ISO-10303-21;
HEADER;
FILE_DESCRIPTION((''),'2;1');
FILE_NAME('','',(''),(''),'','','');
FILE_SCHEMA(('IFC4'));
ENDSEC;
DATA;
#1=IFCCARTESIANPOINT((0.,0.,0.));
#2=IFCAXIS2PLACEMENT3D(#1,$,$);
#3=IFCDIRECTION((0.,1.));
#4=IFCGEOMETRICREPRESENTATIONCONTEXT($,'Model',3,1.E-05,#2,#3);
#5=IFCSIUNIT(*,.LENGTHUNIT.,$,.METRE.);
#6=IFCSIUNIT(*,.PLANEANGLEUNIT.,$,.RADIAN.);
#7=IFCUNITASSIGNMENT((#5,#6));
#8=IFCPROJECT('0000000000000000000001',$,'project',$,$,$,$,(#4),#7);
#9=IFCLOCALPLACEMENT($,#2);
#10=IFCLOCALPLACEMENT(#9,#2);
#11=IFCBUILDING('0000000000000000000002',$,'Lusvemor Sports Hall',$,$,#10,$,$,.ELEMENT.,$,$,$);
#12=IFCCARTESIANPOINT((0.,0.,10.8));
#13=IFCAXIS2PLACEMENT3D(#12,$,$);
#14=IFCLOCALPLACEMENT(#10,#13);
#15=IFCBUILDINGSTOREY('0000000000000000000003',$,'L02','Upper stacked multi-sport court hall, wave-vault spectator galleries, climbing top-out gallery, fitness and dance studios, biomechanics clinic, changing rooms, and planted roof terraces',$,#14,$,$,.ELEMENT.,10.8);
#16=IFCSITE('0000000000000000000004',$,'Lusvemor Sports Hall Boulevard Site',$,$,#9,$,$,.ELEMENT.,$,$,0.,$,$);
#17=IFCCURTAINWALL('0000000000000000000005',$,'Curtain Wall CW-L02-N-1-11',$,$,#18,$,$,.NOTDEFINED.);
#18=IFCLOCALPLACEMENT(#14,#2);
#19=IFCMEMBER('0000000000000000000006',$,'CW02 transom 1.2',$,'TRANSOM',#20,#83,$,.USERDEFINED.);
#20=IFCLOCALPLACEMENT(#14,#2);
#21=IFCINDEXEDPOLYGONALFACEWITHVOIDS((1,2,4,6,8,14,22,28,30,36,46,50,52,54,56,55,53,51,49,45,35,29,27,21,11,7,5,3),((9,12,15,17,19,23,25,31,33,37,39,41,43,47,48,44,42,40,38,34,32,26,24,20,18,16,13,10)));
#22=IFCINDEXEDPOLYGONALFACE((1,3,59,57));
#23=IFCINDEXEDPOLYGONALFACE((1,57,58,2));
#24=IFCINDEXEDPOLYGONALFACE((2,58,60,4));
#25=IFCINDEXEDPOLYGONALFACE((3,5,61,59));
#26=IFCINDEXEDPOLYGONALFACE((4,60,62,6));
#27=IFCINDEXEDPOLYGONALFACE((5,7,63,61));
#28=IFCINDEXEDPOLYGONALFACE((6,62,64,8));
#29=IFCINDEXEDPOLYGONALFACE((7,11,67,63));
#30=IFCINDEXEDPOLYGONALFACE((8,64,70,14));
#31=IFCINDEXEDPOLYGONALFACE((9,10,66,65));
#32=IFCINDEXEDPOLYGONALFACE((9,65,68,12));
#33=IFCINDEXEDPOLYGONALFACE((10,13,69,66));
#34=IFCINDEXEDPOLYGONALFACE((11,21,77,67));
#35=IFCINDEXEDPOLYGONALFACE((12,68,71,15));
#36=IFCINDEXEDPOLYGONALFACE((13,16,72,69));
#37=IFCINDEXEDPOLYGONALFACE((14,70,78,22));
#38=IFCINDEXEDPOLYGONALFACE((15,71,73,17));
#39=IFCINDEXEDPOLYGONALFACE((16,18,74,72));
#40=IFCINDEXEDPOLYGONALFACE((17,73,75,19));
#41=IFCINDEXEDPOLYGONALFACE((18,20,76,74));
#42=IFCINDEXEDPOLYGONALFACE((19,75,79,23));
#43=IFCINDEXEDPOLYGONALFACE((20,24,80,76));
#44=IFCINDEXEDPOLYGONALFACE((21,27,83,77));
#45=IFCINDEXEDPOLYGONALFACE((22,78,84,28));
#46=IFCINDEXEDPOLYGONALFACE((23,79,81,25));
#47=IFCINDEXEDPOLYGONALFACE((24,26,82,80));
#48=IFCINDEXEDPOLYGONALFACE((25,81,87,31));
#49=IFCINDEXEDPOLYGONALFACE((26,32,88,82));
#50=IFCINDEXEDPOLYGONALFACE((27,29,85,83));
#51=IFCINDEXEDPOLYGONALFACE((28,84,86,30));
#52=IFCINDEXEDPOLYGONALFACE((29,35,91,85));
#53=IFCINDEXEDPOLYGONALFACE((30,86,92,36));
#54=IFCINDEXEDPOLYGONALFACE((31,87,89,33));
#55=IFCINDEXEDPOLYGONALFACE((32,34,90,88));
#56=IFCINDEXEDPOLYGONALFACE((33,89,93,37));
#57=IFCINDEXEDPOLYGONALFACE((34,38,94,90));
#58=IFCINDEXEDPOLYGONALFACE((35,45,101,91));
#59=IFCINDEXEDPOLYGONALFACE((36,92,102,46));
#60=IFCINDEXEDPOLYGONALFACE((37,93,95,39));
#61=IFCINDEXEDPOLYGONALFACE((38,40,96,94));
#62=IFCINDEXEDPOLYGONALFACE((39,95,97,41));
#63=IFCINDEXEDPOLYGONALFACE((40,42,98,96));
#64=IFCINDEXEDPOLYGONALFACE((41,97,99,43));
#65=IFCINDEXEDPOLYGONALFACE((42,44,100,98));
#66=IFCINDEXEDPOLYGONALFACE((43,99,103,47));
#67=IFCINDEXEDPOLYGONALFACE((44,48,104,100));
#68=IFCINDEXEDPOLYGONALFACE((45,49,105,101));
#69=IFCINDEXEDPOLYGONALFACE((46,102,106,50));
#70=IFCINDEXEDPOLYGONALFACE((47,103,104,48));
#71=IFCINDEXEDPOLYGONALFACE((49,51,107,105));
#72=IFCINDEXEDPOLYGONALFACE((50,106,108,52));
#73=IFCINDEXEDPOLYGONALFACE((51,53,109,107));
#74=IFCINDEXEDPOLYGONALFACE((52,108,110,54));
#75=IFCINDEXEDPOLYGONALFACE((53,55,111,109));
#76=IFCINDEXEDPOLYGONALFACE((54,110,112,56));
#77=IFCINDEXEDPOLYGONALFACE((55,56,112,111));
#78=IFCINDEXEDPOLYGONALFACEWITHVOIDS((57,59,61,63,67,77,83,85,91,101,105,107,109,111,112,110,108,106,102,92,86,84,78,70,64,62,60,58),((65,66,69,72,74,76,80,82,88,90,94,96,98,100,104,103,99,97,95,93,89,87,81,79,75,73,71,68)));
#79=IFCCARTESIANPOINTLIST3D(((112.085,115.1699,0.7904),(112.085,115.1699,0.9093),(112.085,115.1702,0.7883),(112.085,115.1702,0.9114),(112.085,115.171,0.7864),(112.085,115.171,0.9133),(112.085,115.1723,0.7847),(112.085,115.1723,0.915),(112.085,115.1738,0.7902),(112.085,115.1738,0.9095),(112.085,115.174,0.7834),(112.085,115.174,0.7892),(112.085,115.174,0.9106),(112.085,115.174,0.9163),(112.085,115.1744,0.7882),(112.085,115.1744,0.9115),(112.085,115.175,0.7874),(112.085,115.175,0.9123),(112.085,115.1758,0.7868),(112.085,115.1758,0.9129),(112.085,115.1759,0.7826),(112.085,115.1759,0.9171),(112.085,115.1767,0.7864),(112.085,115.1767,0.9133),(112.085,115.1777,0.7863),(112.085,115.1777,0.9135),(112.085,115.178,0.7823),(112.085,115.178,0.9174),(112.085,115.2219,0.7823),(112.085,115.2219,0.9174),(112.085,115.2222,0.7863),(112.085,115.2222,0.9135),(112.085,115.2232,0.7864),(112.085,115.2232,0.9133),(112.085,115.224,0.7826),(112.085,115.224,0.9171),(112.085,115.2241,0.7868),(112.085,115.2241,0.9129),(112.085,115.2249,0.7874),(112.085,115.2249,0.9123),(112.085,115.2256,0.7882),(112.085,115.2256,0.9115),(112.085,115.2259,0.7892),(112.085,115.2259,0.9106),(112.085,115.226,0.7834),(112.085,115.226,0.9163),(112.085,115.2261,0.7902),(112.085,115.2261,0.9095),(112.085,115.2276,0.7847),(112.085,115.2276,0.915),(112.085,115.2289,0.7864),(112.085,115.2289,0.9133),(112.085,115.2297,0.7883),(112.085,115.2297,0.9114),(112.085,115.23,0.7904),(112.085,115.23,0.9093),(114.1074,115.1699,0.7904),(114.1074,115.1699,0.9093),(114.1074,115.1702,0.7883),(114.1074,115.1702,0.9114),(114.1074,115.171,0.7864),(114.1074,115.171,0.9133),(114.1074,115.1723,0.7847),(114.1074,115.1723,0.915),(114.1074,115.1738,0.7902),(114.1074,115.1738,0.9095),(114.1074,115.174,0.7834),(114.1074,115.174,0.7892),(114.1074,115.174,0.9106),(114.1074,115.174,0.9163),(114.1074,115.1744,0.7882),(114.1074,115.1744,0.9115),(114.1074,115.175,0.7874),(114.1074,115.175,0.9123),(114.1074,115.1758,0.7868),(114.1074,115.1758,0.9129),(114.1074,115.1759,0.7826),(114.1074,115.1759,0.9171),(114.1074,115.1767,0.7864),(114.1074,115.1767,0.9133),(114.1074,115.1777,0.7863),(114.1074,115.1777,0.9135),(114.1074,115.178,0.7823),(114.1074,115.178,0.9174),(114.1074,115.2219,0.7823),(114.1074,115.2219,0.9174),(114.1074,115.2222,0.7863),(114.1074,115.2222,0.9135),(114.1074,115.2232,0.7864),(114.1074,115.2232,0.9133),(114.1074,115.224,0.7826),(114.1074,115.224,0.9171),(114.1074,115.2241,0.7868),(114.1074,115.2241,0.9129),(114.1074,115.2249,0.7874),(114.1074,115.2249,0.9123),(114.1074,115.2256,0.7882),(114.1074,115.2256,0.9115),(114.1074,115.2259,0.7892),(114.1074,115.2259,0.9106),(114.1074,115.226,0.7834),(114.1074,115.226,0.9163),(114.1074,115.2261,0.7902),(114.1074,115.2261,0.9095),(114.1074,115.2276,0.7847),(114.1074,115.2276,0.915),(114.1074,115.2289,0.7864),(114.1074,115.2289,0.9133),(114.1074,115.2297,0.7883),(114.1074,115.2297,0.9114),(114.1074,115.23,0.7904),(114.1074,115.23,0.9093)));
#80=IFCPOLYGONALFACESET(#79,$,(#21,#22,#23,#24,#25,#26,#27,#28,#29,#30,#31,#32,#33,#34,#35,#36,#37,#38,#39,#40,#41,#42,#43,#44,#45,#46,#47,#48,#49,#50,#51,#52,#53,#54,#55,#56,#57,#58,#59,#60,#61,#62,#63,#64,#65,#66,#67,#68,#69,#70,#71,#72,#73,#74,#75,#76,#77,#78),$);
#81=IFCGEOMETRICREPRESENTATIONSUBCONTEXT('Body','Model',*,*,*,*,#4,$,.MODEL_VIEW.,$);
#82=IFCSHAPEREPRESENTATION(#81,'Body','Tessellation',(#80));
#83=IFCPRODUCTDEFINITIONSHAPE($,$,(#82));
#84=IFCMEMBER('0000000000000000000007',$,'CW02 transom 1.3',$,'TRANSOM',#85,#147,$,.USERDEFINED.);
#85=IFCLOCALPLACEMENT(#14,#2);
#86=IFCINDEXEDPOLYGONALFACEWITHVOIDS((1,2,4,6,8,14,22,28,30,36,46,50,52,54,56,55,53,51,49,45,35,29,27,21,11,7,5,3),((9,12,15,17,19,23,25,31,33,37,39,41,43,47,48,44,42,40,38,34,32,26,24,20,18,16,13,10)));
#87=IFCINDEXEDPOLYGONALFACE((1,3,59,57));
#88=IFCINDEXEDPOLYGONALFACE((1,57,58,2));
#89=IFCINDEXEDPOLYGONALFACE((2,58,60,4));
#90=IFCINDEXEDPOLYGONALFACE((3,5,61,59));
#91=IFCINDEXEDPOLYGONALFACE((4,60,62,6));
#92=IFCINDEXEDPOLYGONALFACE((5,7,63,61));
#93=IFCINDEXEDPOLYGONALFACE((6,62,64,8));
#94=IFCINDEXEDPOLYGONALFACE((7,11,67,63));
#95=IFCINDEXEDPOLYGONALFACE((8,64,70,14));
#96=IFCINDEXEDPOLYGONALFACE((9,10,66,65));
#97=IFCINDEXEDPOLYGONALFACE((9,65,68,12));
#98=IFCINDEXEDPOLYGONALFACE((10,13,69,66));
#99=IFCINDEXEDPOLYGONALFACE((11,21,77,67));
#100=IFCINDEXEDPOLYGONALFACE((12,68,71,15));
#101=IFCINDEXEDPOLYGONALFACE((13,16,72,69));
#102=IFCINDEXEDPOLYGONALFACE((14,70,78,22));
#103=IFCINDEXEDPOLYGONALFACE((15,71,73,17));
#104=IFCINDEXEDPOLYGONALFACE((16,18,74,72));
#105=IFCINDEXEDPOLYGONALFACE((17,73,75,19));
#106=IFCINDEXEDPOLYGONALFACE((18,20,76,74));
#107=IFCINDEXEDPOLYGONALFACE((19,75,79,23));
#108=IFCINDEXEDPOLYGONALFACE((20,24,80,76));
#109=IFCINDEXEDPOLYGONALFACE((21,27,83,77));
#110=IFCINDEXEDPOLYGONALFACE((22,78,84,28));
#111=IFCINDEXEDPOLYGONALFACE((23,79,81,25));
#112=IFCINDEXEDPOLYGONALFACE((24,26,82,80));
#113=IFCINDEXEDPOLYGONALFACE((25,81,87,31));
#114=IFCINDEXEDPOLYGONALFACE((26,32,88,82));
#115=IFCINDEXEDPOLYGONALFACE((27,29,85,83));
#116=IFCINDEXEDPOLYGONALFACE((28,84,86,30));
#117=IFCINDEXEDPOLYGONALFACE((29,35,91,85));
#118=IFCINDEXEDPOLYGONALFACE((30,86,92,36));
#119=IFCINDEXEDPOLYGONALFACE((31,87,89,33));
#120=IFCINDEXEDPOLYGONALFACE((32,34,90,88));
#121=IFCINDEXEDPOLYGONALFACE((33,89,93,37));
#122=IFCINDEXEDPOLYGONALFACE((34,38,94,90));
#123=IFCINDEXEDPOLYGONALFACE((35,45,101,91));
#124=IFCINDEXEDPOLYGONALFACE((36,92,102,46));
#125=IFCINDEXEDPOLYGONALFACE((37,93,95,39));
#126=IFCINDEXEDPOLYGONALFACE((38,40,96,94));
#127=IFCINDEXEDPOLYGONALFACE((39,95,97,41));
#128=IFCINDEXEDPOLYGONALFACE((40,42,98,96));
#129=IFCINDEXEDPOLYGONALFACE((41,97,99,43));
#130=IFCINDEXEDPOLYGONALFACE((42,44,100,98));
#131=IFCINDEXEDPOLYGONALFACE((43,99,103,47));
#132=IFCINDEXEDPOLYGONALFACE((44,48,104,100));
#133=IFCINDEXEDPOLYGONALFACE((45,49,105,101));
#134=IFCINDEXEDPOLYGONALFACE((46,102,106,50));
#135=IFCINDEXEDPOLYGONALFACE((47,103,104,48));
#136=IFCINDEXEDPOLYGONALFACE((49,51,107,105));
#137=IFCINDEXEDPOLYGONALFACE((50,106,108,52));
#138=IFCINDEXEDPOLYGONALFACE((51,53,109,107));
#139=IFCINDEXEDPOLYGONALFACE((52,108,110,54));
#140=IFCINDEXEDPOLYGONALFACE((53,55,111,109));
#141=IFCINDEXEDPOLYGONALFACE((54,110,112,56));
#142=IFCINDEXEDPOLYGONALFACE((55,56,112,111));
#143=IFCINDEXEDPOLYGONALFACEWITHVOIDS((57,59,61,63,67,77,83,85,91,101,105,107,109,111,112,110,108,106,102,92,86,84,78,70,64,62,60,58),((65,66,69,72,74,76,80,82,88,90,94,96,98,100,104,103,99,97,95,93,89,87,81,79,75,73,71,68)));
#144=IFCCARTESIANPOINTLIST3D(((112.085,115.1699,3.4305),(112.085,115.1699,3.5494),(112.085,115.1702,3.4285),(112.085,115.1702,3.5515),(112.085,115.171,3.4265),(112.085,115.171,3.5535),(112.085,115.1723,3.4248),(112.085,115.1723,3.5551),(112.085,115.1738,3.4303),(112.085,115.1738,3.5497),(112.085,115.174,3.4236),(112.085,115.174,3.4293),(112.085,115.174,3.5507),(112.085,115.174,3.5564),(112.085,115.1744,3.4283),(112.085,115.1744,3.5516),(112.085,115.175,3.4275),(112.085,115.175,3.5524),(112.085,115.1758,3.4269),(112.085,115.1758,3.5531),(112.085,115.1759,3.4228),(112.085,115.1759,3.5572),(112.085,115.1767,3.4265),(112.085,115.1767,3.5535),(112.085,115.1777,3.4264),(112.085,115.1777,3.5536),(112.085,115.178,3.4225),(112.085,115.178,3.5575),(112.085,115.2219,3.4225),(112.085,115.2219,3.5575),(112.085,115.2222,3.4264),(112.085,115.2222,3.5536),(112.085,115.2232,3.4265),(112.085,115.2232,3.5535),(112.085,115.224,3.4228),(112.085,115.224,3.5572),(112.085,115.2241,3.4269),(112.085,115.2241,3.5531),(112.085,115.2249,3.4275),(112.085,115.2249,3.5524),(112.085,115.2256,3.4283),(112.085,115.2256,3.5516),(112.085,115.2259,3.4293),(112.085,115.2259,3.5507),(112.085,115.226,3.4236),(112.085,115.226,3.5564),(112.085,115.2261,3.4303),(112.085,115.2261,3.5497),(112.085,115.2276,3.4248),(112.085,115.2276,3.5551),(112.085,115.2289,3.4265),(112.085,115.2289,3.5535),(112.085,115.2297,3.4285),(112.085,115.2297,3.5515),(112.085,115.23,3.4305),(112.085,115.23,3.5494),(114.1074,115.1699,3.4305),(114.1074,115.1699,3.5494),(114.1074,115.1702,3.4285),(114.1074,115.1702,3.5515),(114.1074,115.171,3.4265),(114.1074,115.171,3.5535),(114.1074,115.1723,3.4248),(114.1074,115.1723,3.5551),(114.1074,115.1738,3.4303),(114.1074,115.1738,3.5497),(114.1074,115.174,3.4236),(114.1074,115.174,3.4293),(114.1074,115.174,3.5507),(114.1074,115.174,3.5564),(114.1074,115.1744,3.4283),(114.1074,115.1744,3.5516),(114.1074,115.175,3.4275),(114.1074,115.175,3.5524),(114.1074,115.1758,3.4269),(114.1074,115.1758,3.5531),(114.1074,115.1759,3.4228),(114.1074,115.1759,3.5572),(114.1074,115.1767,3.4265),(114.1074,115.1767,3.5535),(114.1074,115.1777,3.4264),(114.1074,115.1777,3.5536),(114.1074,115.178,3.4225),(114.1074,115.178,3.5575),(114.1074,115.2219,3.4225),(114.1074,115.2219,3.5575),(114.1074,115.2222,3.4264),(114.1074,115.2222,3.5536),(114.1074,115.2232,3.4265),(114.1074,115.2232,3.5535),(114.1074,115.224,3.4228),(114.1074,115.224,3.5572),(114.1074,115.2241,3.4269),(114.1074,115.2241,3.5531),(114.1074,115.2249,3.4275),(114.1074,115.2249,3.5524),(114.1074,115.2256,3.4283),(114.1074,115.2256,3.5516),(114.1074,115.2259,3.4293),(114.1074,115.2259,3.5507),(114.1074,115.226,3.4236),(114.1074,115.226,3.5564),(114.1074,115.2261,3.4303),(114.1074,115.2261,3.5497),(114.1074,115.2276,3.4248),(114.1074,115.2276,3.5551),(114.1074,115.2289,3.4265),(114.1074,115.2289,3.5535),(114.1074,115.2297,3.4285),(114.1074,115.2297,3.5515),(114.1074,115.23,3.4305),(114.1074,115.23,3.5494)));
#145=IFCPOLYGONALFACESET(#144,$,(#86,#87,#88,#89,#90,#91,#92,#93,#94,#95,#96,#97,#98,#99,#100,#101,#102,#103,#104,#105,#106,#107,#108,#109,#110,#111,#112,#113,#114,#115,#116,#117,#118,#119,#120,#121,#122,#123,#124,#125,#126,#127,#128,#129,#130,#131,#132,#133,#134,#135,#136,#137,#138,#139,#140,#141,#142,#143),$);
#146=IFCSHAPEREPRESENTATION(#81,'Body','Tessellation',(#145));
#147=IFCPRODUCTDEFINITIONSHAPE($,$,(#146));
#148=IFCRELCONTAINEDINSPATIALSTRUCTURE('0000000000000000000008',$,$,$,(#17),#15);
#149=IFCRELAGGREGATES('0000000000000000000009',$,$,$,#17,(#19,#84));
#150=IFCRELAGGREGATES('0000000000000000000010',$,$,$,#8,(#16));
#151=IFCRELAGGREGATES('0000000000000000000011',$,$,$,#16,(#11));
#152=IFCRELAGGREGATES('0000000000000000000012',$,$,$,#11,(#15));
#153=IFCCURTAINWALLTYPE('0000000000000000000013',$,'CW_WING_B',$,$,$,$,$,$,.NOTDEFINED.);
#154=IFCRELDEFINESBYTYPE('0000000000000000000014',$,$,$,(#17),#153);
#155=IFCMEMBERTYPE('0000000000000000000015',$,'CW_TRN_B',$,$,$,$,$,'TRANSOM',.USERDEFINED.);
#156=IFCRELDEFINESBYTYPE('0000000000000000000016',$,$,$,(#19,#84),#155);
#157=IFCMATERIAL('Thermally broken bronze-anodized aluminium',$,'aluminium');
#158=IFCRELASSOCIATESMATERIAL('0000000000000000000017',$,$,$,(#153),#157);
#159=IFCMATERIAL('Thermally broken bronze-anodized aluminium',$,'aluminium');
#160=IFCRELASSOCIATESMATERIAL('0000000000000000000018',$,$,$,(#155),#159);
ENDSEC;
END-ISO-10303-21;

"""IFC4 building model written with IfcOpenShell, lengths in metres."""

from ifc_helpers import new_model, si_unit, direction, frame, origin, origin_2d, place, context, subcontext, project, spatial, hollow_rectangle, extrude, material, material_profile, profile_set, type_object, element, aggregate, save


model = new_model("IFC4")

# Units and contexts
model_context = context("Model", 3, precision=1e-05, world=origin(), true_north=direction((0.0, 1.0)))
body_context = subcontext(model_context, "Body", "Model", "MODEL_VIEW")
ifc_project = project(units=[si_unit("LENGTHUNIT", "METRE"), si_unit("PLANEANGLEUNIT", "RADIAN")], contexts=[model_context])

# Site, building, storey
site_placement = place(None, origin())
site = spatial("IfcSite", under=ifc_project, at=site_placement, Name="Lusvemor Sports Hall Boulevard Site", CompositionType="ELEMENT", RefElevation=0.0)
building_placement = place(site_placement, origin())
building = spatial("IfcBuilding", under=site, at=building_placement, Name="Lusvemor Sports Hall", CompositionType="ELEMENT")
storey_placement = place(building_placement, frame((0.0, 0.0, 10.8)))
storey = spatial("IfcBuildingStorey", under=building, at=storey_placement, Name="L02", Description="Upper stacked multi-sport court hall, wave-vault spectator galleries, climbing top-out gallery, fitness and dance studios, biomechanics clinic, changing rooms, and planted roof terraces", CompositionType="ELEMENT", Elevation=10.8)

# Curtain wall, members
ifc_material_1 = material(Name="Thermally broken bronze-anodized aluminium", Category="aluminium")
curtain_wall_type = type_object("IfcCurtainWallType", Name="CW_WING_B", PredefinedType="NOTDEFINED", material=ifc_material_1)
curtain_wall_placement = place(storey_placement, origin())
curtain_wall = element("IfcCurtainWall", 1, at=curtain_wall_placement, inside=storey, type_object=curtain_wall_type, Name="Curtain Wall CW-L02-N-1-11", PredefinedType="NOTDEFINED")
ifc_material_2 = material(Name="Thermally broken bronze-anodized aluminium", Category="aluminium")
ifc_material_profile_1 = material_profile(ifc_material_2, hollow_rectangle(XDim=0.0601, YDim=0.135, WallThickness=0.0039, InnerFilletRadius=0.0039, OuterFilletRadius=0.0081, at=origin_2d()), Name="CWTRN135x60x4")
ifc_profile_set_1 = profile_set([ifc_material_profile_1], Name="Thermally broken bronze-anodized aluminium")
member_type_1 = type_object("IfcMemberType", Name="CW_TRN_B", ElementType="TRANSOM", PredefinedType="USERDEFINED", material=ifc_profile_set_1)
member_1_placement = place(storey_placement, frame((112.085, 115.2, 0.8499), z_axis=(1.0, 0.0, 0.0), x_axis=(0.0, 1.0, 0.0)))
member_1 = element("IfcMember", 2, at=member_1_placement, type_object=member_type_1, Name="CW02 transom 1.2", ObjectType="TRANSOM", PredefinedType="USERDEFINED", context=body_context, shape_type="SweptSolid", body=[
    extrude(hollow_rectangle(XDim=0.0601, YDim=0.135, WallThickness=0.0039, InnerFilletRadius=0.0039, OuterFilletRadius=0.0081, at=origin_2d()), origin(), (0.0, 0.0, 1.0), 2.0225),
])
member_2_placement = place(storey_placement, frame((112.085, 115.2, 3.49), z_axis=(1.0, 0.0, 0.0), x_axis=(0.0, 1.0, 0.0)))
member_2 = element("IfcMember", 3, at=member_2_placement, type_object=member_type_1, Name="CW02 transom 1.3", ObjectType="TRANSOM", PredefinedType="USERDEFINED", context=body_context, shape_type="SweptSolid", body=[
    extrude(hollow_rectangle(XDim=0.0601, YDim=0.135, WallThickness=0.0039, InnerFilletRadius=0.0039, OuterFilletRadius=0.0081, at=origin_2d()), origin(), (0.0, 0.0, 1.0), 2.0225),
])

aggregate(curtain_wall, [member_1, member_2])

save(model, "model.ifc")
